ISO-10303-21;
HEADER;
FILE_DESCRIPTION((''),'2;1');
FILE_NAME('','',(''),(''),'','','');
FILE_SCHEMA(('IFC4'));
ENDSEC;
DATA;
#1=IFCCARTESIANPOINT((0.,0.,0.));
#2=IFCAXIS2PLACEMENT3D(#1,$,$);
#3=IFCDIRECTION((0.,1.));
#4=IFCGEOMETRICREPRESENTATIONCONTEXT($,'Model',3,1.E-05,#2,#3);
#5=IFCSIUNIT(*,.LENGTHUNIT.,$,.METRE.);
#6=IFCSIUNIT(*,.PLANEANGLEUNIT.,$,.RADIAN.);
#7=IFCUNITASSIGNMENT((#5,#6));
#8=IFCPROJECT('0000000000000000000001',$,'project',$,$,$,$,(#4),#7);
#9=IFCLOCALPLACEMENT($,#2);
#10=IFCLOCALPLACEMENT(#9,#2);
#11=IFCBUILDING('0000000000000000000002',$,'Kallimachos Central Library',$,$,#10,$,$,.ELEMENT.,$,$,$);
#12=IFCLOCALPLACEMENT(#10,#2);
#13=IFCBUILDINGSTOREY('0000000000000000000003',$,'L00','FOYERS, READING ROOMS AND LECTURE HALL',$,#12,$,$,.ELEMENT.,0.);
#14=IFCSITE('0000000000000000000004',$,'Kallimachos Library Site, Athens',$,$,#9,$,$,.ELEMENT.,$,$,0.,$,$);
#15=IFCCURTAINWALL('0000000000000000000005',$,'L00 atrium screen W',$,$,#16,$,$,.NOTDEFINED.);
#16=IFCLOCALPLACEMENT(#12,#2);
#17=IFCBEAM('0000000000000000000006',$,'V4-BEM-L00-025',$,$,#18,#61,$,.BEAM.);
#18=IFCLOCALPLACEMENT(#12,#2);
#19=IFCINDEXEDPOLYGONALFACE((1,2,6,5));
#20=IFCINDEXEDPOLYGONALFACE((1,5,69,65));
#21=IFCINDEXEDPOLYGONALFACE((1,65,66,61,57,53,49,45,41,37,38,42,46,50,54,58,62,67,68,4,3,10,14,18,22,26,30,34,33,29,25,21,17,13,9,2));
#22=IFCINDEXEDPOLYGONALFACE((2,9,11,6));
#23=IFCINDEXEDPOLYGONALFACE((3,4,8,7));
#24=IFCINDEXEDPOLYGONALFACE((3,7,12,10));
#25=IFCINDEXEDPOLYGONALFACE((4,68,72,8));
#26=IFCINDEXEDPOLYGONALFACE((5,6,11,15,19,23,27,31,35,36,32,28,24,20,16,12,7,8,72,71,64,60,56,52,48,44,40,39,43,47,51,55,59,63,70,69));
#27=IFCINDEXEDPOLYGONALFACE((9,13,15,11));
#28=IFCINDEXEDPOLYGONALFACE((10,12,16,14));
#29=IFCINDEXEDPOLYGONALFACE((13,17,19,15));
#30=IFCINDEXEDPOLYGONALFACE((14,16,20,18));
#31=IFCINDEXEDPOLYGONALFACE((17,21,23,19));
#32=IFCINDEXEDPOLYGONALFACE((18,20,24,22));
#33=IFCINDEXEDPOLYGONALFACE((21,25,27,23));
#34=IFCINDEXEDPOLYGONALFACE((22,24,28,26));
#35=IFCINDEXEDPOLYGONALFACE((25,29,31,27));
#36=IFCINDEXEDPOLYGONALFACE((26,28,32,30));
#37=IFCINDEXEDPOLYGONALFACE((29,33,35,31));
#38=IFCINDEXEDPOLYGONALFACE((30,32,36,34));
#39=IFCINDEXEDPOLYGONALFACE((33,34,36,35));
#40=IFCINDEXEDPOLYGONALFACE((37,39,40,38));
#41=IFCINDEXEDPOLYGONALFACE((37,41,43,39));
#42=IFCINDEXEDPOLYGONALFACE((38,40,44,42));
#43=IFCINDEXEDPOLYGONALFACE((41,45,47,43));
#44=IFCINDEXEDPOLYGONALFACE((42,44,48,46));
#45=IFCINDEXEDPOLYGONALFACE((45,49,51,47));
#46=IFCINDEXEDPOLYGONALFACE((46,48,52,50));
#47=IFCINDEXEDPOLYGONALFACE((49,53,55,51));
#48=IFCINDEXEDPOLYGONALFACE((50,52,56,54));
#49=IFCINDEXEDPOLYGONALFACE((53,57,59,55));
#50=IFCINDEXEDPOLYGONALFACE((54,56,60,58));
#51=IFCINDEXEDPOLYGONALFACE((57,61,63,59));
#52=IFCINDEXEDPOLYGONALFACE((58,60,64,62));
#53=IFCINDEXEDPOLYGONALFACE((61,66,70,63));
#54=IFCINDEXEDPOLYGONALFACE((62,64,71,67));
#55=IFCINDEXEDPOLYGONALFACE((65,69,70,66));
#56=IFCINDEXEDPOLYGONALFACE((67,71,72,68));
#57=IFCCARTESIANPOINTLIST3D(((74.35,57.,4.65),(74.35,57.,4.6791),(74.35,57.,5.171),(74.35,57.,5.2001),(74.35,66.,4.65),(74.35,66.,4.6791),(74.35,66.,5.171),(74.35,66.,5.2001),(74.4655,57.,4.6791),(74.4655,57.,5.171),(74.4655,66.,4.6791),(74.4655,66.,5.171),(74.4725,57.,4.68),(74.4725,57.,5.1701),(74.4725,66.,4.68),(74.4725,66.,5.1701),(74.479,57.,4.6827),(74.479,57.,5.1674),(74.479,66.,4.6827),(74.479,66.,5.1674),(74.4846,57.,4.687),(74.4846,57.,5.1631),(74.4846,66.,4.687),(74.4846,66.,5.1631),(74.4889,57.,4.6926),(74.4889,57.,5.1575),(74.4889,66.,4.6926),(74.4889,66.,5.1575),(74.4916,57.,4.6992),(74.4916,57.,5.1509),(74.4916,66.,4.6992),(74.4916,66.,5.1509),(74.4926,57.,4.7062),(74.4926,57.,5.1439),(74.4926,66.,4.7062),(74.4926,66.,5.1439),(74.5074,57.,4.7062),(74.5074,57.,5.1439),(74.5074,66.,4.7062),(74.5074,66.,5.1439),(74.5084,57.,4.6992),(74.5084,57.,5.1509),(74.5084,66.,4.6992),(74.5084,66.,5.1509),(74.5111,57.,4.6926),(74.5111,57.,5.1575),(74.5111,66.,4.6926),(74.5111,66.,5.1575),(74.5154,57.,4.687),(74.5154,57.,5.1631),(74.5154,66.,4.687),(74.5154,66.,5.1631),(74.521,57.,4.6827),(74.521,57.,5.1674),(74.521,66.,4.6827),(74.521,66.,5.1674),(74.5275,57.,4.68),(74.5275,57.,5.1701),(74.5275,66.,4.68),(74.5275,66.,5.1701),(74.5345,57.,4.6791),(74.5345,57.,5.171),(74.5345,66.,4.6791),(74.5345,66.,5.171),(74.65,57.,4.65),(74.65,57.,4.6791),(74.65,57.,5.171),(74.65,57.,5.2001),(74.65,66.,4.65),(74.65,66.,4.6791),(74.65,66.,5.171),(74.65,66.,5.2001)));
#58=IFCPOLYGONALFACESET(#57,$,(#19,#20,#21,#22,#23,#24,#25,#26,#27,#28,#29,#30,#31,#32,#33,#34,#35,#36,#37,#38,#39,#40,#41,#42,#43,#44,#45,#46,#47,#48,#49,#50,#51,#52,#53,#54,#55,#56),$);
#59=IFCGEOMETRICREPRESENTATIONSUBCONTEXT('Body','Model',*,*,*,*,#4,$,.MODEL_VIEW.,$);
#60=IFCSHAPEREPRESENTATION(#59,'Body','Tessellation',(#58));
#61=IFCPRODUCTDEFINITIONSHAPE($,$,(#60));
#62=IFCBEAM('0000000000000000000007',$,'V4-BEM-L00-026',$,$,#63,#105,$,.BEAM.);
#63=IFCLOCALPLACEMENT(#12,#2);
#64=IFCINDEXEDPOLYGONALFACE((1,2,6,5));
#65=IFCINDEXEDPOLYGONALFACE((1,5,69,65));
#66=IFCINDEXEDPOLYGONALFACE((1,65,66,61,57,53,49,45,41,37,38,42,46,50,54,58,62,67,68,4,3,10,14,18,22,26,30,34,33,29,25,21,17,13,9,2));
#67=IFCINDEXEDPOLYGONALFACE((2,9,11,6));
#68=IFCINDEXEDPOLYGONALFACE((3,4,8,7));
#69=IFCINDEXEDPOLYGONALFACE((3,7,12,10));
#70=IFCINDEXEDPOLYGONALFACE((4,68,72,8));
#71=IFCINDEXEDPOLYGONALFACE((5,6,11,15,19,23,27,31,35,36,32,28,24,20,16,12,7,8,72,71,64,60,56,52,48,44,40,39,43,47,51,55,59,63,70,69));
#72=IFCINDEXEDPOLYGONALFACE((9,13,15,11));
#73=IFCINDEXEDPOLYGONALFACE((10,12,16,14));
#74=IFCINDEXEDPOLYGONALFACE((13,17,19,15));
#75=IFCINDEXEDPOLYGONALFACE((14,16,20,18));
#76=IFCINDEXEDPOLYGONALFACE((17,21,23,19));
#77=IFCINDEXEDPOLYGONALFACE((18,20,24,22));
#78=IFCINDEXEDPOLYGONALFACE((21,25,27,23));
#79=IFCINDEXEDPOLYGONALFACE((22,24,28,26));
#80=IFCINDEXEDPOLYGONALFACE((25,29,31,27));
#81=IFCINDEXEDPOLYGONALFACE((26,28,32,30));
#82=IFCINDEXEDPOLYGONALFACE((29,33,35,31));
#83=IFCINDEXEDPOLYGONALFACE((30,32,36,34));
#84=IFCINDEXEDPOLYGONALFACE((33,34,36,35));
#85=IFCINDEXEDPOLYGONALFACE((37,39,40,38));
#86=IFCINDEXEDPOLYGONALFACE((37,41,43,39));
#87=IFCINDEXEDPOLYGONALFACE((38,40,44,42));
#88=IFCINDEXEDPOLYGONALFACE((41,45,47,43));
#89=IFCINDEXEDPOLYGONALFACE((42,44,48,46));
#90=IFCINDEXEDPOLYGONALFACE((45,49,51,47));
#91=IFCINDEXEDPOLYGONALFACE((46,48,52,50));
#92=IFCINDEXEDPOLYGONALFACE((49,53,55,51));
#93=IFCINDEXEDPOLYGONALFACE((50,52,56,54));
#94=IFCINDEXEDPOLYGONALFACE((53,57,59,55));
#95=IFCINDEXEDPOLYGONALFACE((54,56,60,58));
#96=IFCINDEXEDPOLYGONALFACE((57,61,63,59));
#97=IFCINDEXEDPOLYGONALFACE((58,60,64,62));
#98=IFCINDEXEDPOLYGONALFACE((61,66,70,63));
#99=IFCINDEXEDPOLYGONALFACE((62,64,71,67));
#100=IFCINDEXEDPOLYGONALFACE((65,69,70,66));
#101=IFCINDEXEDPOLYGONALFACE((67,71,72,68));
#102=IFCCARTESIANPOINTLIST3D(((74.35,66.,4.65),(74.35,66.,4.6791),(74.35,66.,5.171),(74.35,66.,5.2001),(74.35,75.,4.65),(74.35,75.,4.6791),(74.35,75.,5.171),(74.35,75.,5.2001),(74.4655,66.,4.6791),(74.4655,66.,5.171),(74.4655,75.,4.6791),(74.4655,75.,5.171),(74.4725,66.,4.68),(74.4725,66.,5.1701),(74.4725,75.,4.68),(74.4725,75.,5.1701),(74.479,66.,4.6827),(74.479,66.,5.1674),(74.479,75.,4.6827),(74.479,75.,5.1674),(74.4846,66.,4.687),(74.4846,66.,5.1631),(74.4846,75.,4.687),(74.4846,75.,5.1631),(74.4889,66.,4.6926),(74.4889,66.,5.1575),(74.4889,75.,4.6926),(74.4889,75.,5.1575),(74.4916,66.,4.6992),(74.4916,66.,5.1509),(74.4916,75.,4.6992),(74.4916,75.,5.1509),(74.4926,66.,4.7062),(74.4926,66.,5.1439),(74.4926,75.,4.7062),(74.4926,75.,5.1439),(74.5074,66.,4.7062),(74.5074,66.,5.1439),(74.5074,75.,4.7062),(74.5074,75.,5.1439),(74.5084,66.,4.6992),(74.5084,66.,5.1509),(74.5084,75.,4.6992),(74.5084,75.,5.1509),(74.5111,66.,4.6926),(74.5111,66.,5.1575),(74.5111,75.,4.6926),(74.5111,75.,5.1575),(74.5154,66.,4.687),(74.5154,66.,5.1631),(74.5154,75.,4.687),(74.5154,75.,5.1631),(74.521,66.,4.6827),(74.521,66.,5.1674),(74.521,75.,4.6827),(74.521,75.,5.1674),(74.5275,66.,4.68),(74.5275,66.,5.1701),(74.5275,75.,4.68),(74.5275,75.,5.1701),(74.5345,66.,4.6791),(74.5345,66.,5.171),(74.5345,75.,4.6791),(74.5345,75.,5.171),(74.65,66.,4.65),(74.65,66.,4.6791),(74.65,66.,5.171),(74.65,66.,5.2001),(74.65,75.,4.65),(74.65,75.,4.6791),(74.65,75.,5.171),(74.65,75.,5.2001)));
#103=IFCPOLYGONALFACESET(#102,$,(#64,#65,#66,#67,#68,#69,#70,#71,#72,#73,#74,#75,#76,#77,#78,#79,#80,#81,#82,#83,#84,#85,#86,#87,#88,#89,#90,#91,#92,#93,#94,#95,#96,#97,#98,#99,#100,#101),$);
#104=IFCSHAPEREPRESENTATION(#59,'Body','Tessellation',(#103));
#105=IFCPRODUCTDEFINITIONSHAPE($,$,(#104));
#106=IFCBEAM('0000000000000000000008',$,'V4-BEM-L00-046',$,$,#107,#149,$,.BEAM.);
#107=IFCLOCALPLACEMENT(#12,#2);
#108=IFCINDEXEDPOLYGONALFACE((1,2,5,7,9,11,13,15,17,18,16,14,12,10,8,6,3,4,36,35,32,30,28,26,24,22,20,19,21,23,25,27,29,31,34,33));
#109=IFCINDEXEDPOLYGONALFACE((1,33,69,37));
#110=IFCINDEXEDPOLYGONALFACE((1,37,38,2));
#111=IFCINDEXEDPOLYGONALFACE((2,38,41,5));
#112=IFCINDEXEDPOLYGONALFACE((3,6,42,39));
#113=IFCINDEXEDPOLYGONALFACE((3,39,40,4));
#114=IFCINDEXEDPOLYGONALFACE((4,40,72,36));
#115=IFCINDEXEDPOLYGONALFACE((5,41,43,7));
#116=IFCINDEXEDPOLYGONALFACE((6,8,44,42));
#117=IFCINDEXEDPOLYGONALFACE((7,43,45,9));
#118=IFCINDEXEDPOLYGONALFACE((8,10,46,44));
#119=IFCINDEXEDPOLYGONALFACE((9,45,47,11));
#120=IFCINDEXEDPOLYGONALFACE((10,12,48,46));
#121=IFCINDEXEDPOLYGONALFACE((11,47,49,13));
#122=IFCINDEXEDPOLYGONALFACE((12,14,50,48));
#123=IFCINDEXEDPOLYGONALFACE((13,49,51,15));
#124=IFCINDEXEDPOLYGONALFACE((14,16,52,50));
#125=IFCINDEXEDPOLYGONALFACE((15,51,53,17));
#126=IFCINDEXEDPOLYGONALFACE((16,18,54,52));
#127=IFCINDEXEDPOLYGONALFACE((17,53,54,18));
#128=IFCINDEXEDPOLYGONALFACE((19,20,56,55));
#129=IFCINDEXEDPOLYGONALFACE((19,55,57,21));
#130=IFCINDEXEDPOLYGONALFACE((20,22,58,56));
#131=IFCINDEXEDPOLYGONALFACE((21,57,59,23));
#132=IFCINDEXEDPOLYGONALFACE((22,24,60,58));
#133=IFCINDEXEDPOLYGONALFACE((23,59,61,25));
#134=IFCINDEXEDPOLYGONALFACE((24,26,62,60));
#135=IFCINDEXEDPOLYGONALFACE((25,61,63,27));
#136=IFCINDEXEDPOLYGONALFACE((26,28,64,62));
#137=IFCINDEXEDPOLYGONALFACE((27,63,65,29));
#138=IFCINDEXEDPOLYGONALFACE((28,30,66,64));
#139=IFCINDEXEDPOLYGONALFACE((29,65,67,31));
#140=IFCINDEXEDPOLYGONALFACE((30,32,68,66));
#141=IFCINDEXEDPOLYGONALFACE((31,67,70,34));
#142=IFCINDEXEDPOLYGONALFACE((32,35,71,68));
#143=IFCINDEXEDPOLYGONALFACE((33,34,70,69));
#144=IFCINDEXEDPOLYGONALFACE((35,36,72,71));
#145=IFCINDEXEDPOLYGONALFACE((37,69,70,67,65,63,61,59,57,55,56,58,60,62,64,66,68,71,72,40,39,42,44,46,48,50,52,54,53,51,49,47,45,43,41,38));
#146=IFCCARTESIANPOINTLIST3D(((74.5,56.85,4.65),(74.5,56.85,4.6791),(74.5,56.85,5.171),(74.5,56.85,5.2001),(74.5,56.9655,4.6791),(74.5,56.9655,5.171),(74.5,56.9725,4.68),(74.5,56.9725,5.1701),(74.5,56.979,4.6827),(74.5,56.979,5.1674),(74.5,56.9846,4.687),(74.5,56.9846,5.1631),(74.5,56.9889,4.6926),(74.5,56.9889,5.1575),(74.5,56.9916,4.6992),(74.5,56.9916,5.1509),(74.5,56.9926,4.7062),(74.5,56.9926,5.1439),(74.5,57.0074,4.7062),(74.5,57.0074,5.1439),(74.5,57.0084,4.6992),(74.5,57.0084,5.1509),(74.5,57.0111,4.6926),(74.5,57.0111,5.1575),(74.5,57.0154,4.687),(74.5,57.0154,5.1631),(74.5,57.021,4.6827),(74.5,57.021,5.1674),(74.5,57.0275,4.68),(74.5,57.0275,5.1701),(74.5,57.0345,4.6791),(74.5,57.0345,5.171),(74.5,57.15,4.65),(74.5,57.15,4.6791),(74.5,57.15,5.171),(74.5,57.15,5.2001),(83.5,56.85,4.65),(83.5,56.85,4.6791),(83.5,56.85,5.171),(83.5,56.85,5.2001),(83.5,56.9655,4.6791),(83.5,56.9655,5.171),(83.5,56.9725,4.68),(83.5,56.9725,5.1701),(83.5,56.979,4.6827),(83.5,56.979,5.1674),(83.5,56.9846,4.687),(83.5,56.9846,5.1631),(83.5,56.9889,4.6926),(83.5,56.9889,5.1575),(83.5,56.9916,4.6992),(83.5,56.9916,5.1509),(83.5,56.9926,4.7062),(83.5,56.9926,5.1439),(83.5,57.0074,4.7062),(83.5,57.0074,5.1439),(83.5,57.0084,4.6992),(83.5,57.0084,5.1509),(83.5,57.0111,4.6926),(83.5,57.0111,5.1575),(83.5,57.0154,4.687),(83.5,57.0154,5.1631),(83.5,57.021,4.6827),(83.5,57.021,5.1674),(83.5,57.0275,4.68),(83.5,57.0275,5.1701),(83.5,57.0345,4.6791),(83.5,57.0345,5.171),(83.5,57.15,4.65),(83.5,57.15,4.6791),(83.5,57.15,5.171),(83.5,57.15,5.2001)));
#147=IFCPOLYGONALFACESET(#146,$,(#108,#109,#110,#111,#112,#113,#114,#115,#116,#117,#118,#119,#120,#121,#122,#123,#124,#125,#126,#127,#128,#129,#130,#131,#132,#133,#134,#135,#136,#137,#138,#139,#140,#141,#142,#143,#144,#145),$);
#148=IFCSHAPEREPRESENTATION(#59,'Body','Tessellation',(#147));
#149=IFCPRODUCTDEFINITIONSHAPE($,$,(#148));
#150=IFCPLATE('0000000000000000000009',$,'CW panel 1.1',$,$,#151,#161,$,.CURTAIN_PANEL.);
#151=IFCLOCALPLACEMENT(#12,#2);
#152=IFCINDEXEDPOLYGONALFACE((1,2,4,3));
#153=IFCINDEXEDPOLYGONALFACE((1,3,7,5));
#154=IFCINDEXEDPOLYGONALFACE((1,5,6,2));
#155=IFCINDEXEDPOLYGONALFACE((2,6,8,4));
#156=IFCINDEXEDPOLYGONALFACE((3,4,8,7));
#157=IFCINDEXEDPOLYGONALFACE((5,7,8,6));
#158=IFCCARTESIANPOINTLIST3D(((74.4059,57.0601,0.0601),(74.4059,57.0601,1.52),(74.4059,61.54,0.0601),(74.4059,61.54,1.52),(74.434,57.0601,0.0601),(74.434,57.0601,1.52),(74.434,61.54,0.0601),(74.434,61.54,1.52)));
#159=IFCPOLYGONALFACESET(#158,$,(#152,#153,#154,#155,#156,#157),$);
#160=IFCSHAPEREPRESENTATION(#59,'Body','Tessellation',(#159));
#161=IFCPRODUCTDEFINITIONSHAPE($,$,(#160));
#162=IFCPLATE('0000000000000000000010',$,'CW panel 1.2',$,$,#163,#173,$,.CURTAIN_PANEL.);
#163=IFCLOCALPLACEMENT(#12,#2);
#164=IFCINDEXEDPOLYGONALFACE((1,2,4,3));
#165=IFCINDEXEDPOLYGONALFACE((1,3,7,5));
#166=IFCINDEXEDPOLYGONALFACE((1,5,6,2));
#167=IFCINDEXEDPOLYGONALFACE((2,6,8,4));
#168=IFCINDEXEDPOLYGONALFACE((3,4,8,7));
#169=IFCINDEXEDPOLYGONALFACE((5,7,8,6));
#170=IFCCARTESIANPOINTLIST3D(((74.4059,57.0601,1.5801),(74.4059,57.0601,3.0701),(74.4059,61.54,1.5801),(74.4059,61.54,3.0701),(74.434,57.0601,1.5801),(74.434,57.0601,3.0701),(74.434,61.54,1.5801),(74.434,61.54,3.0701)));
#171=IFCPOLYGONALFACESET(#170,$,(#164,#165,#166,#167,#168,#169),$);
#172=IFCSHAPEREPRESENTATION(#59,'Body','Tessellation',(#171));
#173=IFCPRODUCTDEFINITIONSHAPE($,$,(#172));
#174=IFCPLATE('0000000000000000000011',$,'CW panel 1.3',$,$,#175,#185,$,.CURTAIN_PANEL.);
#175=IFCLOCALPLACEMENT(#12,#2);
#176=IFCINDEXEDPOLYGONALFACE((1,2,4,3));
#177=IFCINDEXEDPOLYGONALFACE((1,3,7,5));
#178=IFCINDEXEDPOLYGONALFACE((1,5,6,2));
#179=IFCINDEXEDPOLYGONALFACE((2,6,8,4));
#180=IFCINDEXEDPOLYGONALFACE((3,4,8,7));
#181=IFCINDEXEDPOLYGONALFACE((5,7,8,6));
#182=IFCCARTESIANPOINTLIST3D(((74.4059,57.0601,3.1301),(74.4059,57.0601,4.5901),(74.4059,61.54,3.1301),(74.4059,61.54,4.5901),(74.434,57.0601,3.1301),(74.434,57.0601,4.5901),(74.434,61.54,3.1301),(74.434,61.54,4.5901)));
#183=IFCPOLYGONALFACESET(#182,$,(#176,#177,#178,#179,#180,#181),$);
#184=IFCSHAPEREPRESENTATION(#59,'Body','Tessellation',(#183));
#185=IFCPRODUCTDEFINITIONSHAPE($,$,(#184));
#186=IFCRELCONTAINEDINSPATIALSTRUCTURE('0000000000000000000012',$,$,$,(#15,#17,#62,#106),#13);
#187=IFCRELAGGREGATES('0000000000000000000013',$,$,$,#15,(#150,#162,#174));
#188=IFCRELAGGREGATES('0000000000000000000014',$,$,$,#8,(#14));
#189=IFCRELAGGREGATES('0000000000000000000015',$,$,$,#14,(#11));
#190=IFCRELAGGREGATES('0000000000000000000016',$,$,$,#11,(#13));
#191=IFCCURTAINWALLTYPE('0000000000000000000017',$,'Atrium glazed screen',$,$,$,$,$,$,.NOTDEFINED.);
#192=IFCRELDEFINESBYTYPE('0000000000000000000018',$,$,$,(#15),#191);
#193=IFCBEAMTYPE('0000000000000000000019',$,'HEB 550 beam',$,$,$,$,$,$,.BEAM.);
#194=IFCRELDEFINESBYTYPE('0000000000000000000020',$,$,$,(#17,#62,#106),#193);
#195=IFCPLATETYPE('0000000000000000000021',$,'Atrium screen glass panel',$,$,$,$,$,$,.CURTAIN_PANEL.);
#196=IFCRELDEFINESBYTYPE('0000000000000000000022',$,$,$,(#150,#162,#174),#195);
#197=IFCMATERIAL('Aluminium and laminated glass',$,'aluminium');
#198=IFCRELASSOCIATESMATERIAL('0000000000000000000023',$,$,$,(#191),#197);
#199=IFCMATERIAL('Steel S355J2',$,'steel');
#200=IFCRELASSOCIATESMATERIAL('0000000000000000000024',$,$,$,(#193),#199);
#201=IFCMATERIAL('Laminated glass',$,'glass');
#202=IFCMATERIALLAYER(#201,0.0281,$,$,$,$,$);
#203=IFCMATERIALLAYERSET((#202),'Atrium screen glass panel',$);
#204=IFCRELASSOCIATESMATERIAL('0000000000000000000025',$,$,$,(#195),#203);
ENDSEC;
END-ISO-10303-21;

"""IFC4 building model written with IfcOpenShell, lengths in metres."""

from ifc_helpers import new_model, si_unit, direction, frame, origin, origin_2d, place, context, subcontext, project, spatial, rectangle, i_section, extrude, material, layer, layer_set, material_profile, profile_set, type_object, element, aggregate, save


model = new_model("IFC4")

# Units and contexts
model_context = context("Model", 3, precision=1e-05, world=origin(), true_north=direction((0.0, 1.0)))
body_context = subcontext(model_context, "Body", "Model", "MODEL_VIEW")
ifc_project = project(units=[si_unit("LENGTHUNIT", "METRE"), si_unit("PLANEANGLEUNIT", "RADIAN")], contexts=[model_context])

# Site, building, storey
site_placement = place(None, origin())
site = spatial("IfcSite", under=ifc_project, at=site_placement, Name="Kallimachos Library Site, Athens", CompositionType="ELEMENT", RefElevation=0.0)
building_placement = place(site_placement, origin())
building = spatial("IfcBuilding", under=site, at=building_placement, Name="Kallimachos Central Library", CompositionType="ELEMENT")
storey_placement = place(building_placement, origin())
storey = spatial("IfcBuildingStorey", under=building, at=storey_placement, Name="L00", Description="FOYERS, READING ROOMS AND LECTURE HALL", CompositionType="ELEMENT", Elevation=0.0)

# Curtain wall
ifc_material_1 = material(Name="Aluminium and laminated glass", Category="aluminium")
curtain_wall_type = type_object("IfcCurtainWallType", Name="Atrium glazed screen", PredefinedType="NOTDEFINED", material=ifc_material_1)
curtain_wall_1_placement = place(storey_placement, origin())
curtain_wall_1 = element("IfcCurtainWall", 1, at=curtain_wall_1_placement, inside=storey, type_object=curtain_wall_type, Name="L00 atrium screen W", PredefinedType="NOTDEFINED")

# Beams
ifc_material_2 = material(Name="Steel S355J2", Category="steel")
ifc_material_profile_1 = material_profile(ifc_material_2, i_section(OverallWidth=0.3, OverallDepth=0.55, WebThickness=0.0149, FlangeThickness=0.0291, FilletRadius=0.0271, at=origin_2d()), Name="HEB 550")
ifc_profile_set_1 = profile_set([ifc_material_profile_1], Name="Steel S355J2")
beam_type = type_object("IfcBeamType", Name="HEB 550 beam", PredefinedType="BEAM", material=ifc_profile_set_1)
for number, where, z_axis, x_axis, name in (
    (2, (74.5, 57.0, 4.925), (0.0, 1.0, 0.0), (-1.0, 0.0, 0.0), "V4-BEM-L00-025"),
    (3, (74.5, 66.0, 4.925), (0.0, 1.0, 0.0), (-1.0, 0.0, 0.0), "V4-BEM-L00-026"),
    (4, (74.5, 57.0, 4.925), (1.0, 0.0, 0.0), (0.0, 1.0, 0.0), "V4-BEM-L00-046"),
):
    element("IfcBeam", number, at=place(storey_placement, frame(where, z_axis=z_axis, x_axis=x_axis)), inside=storey, type_object=beam_type, Name=name, PredefinedType="BEAM", context=body_context, shape_type="SweptSolid", body=[
        extrude(i_section(OverallWidth=0.3, OverallDepth=0.55, WebThickness=0.0149, FlangeThickness=0.0291, FilletRadius=0.0271, at=origin_2d()), origin(), (0.0, 0.0, 1.0), 9.0),
    ])

# Plates
ifc_material_3 = material(Name="Laminated glass", Category="glass")
ifc_layer_1 = layer(ifc_material_3, 0.0281)
ifc_layer_set_1 = layer_set([ifc_layer_1], Name="Atrium screen glass panel")
plate_type = type_object("IfcPlateType", Name="Atrium screen glass panel", PredefinedType="CURTAIN_PANEL", material=ifc_layer_set_1)
plate_1_placement = place(storey_placement, frame((74.4199, 59.3, 0.0601), z_axis=(0.0, 0.0, 1.0), x_axis=(0.0, 1.0, 0.0)))
plate_1 = element("IfcPlate", 5, at=plate_1_placement, type_object=plate_type, Name="CW panel 1.1", PredefinedType="CURTAIN_PANEL", context=body_context, shape_type="SweptSolid", body=[
    extrude(rectangle(XDim=4.48, YDim=0.0281, at=origin_2d()), origin(), (0.0, 0.0, 1.0), 1.46),
])
plate_2_placement = place(storey_placement, frame((74.4199, 59.3, 1.5801), z_axis=(0.0, 0.0, 1.0), x_axis=(0.0, 1.0, 0.0)))
plate_2 = element("IfcPlate", 6, at=plate_2_placement, type_object=plate_type, Name="CW panel 1.2", PredefinedType="CURTAIN_PANEL", context=body_context, shape_type="SweptSolid", body=[
    extrude(rectangle(XDim=4.48, YDim=0.0281, at=origin_2d()), origin(), (0.0, 0.0, 1.0), 1.49),
])
plate_3_placement = place(storey_placement, frame((74.4199, 59.3, 3.1301), z_axis=(0.0, 0.0, 1.0), x_axis=(0.0, 1.0, 0.0)))
plate_3 = element("IfcPlate", 7, at=plate_3_placement, type_object=plate_type, Name="CW panel 1.3", PredefinedType="CURTAIN_PANEL", context=body_context, shape_type="SweptSolid", body=[
    extrude(rectangle(XDim=4.48, YDim=0.0281, at=origin_2d()), origin(), (0.0, 0.0, 1.0), 1.46),
])
aggregate(curtain_wall_1, [plate_1, plate_2, plate_3])

save(model, "model.ifc")
